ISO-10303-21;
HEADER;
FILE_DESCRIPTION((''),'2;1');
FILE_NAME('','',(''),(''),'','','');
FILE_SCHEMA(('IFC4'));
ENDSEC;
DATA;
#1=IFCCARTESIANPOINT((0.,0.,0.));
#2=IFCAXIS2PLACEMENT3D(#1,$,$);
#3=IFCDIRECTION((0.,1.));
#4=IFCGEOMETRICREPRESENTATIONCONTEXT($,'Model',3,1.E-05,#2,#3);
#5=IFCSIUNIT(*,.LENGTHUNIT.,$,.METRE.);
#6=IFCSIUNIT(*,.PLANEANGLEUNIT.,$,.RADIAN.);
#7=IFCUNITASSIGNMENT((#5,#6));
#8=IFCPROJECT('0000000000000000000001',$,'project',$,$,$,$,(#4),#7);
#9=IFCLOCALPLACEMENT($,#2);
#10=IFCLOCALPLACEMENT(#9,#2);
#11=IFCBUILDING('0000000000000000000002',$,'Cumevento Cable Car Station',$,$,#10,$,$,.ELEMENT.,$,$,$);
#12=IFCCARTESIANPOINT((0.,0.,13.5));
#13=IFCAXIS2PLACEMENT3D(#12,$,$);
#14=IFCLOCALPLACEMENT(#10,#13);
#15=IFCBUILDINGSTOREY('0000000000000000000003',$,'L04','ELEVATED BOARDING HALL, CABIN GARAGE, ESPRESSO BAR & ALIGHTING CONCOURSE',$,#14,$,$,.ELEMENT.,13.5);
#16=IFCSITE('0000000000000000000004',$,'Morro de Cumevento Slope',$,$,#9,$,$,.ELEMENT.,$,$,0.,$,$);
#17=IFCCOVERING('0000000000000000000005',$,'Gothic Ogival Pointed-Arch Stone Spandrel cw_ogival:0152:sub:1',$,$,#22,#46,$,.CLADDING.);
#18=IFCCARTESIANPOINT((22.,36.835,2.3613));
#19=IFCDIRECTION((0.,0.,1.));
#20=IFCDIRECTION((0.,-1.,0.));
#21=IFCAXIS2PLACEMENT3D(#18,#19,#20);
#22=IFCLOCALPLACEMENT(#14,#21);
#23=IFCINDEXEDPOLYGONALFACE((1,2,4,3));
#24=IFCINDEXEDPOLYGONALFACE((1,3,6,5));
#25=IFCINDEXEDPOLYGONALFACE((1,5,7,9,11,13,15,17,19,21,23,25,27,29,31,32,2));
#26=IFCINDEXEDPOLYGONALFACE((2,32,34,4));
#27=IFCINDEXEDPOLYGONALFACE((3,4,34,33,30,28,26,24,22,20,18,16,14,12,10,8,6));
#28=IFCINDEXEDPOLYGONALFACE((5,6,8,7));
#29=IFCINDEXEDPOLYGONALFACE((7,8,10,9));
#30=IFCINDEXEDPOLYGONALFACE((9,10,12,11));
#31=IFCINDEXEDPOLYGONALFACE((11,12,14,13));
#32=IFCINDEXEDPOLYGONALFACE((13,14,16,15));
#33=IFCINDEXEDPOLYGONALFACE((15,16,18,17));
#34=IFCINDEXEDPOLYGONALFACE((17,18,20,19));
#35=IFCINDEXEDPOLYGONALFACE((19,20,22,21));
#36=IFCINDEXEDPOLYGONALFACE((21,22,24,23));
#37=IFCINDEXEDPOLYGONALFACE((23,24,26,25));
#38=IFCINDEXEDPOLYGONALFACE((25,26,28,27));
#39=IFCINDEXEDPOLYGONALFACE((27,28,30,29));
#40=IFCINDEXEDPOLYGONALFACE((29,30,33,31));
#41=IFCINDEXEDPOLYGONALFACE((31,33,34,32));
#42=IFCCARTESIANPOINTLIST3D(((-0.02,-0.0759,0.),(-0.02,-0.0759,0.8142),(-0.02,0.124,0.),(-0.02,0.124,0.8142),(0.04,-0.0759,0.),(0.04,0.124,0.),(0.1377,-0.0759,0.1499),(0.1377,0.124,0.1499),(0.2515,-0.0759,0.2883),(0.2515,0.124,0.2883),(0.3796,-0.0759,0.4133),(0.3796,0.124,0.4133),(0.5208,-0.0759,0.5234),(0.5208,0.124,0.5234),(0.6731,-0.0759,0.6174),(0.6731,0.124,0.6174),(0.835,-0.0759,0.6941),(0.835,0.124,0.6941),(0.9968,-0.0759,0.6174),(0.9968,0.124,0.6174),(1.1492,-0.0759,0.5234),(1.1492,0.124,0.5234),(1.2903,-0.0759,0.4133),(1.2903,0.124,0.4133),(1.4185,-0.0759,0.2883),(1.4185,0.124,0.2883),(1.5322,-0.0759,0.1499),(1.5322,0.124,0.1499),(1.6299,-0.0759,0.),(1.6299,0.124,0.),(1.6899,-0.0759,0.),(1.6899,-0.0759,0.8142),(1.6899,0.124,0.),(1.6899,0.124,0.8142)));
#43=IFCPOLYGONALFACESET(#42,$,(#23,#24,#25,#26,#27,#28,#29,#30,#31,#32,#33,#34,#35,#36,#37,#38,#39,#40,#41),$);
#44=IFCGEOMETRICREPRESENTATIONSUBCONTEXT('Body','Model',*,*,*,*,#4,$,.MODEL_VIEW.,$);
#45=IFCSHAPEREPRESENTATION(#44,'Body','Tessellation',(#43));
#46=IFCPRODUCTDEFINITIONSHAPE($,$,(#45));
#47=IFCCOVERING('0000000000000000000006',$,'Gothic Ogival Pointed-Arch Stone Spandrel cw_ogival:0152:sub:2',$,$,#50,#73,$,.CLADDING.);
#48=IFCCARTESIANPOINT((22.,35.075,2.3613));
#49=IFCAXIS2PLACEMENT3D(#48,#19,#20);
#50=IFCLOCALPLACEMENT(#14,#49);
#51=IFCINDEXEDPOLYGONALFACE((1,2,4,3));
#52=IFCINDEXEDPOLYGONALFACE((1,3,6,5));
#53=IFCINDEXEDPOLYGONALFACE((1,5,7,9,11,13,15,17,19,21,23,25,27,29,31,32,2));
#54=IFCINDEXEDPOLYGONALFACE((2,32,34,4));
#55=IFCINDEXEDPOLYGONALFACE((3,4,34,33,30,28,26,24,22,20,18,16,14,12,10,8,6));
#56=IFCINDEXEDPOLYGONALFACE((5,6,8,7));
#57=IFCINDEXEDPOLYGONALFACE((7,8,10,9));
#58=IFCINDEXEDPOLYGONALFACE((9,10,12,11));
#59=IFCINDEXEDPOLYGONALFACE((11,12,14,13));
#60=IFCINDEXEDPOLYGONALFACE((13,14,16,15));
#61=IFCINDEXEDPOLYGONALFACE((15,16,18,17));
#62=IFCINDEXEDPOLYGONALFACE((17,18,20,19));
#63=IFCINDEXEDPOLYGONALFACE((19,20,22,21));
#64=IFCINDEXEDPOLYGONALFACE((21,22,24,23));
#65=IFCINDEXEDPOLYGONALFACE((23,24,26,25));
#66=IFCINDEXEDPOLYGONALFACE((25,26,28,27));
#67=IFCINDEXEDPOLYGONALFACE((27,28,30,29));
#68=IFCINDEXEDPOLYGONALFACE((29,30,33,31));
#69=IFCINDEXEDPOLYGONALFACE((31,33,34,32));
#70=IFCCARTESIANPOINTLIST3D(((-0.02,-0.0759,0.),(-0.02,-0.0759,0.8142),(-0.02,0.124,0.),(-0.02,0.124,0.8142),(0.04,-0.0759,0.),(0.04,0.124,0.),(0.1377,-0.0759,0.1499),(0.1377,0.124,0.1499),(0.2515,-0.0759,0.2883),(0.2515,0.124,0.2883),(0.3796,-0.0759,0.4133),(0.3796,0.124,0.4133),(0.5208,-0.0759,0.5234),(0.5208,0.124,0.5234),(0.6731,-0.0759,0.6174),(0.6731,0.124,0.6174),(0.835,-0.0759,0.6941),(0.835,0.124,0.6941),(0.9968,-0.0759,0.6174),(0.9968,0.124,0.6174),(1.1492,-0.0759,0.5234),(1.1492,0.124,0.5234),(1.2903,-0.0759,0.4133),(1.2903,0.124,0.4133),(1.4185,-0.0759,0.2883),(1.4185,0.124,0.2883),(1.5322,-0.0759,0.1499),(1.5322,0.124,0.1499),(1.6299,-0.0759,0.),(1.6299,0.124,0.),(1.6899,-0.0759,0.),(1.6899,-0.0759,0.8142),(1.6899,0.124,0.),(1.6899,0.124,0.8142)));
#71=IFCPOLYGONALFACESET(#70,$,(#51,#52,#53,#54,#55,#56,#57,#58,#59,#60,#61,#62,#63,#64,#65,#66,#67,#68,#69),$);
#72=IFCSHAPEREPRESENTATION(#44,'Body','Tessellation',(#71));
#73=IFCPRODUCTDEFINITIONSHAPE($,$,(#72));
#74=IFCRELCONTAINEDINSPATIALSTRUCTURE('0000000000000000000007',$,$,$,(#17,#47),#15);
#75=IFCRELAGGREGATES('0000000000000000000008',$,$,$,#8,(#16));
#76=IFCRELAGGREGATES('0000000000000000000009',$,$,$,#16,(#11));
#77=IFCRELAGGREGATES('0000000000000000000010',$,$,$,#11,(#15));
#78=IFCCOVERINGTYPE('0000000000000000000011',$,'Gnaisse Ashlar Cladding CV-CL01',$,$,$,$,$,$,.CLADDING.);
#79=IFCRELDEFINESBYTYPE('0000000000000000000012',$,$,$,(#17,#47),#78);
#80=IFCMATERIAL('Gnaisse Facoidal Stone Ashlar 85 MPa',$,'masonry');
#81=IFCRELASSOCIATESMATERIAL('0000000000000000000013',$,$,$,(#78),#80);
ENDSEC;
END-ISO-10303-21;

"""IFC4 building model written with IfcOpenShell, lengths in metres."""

from ifc_helpers import new_model, si_unit, direction, frame, origin, place, context, subcontext, project, spatial, polyline, outline, extrude, material, type_object, element, save


model = new_model("IFC4")

# Units and contexts
model_context = context("Model", 3, precision=1e-05, world=origin(), true_north=direction((0.0, 1.0)))
body_context = subcontext(model_context, "Body", "Model", "MODEL_VIEW")
ifc_project = project(units=[si_unit("LENGTHUNIT", "METRE"), si_unit("PLANEANGLEUNIT", "RADIAN")], contexts=[model_context])

# Site, building, storey
site_placement = place(None, origin())
site = spatial("IfcSite", under=ifc_project, at=site_placement, Name="Morro de Cumevento Slope", CompositionType="ELEMENT", RefElevation=0.0)
building_placement = place(site_placement, origin())
building = spatial("IfcBuilding", under=site, at=building_placement, Name="Cumevento Cable Car Station", CompositionType="ELEMENT")
storey_placement = place(building_placement, frame((0.0, 0.0, 13.5)))
storey = spatial("IfcBuildingStorey", under=building, at=storey_placement, Name="L04", Description="ELEVATED BOARDING HALL, CABIN GARAGE, ESPRESSO BAR & ALIGHTING CONCOURSE", CompositionType="ELEMENT", Elevation=13.5)

# Coverings
ifc_material_1 = material(Name="Gnaisse Facoidal Stone Ashlar 85 MPa", Category="masonry")
covering_type = type_object("IfcCoveringType", Name="Gnaisse Ashlar Cladding CV-CL01", PredefinedType="CLADDING", material=ifc_material_1)
for number, where, z_axis, x_axis, name in (
    (1, (22.0, 36.835, 2.3613), (0.0, 0.0, 1.0), (0.0, -1.0, 0.0), "Gothic Ogival Pointed-Arch Stone Spandrel cw_ogival:0152:sub:1"),
    (2, (22.0, 35.075, 2.3613), (0.0, 0.0, 1.0), (0.0, -1.0, 0.0), "Gothic Ogival Pointed-Arch Stone Spandrel cw_ogival:0152:sub:2"),
):
    element("IfcCovering", number, at=place(storey_placement, frame(where, z_axis=z_axis, x_axis=x_axis)), inside=storey, type_object=covering_type, Name=name, PredefinedType="CLADDING", context=body_context, shape_type="SweptSolid", body=[
        extrude(outline(polyline([(-0.02, 0.0), (-0.02, 0.8142), (1.6899, 0.8142), (1.6899, 0.0), (1.6299, 0.0), (1.5322, 0.1499), (1.4185, 0.2883), (1.2903, 0.4133), (1.1492, 0.5234), (0.9968, 0.6174), (0.835, 0.6941), (0.6731, 0.6174), (0.5208, 0.5234), (0.3796, 0.4133), (0.2515, 0.2883), (0.1377, 0.1499), (0.04, 0.0), (-0.02, 0.0)])), frame((0.0, 0.124, 0.0), z_axis=(0.0, -1.0, 0.0), x_axis=(1.0, 0.0, 0.0)), (0.0, 0.0, 1.0), 0.2),
    ])

save(model, "model.ifc")
